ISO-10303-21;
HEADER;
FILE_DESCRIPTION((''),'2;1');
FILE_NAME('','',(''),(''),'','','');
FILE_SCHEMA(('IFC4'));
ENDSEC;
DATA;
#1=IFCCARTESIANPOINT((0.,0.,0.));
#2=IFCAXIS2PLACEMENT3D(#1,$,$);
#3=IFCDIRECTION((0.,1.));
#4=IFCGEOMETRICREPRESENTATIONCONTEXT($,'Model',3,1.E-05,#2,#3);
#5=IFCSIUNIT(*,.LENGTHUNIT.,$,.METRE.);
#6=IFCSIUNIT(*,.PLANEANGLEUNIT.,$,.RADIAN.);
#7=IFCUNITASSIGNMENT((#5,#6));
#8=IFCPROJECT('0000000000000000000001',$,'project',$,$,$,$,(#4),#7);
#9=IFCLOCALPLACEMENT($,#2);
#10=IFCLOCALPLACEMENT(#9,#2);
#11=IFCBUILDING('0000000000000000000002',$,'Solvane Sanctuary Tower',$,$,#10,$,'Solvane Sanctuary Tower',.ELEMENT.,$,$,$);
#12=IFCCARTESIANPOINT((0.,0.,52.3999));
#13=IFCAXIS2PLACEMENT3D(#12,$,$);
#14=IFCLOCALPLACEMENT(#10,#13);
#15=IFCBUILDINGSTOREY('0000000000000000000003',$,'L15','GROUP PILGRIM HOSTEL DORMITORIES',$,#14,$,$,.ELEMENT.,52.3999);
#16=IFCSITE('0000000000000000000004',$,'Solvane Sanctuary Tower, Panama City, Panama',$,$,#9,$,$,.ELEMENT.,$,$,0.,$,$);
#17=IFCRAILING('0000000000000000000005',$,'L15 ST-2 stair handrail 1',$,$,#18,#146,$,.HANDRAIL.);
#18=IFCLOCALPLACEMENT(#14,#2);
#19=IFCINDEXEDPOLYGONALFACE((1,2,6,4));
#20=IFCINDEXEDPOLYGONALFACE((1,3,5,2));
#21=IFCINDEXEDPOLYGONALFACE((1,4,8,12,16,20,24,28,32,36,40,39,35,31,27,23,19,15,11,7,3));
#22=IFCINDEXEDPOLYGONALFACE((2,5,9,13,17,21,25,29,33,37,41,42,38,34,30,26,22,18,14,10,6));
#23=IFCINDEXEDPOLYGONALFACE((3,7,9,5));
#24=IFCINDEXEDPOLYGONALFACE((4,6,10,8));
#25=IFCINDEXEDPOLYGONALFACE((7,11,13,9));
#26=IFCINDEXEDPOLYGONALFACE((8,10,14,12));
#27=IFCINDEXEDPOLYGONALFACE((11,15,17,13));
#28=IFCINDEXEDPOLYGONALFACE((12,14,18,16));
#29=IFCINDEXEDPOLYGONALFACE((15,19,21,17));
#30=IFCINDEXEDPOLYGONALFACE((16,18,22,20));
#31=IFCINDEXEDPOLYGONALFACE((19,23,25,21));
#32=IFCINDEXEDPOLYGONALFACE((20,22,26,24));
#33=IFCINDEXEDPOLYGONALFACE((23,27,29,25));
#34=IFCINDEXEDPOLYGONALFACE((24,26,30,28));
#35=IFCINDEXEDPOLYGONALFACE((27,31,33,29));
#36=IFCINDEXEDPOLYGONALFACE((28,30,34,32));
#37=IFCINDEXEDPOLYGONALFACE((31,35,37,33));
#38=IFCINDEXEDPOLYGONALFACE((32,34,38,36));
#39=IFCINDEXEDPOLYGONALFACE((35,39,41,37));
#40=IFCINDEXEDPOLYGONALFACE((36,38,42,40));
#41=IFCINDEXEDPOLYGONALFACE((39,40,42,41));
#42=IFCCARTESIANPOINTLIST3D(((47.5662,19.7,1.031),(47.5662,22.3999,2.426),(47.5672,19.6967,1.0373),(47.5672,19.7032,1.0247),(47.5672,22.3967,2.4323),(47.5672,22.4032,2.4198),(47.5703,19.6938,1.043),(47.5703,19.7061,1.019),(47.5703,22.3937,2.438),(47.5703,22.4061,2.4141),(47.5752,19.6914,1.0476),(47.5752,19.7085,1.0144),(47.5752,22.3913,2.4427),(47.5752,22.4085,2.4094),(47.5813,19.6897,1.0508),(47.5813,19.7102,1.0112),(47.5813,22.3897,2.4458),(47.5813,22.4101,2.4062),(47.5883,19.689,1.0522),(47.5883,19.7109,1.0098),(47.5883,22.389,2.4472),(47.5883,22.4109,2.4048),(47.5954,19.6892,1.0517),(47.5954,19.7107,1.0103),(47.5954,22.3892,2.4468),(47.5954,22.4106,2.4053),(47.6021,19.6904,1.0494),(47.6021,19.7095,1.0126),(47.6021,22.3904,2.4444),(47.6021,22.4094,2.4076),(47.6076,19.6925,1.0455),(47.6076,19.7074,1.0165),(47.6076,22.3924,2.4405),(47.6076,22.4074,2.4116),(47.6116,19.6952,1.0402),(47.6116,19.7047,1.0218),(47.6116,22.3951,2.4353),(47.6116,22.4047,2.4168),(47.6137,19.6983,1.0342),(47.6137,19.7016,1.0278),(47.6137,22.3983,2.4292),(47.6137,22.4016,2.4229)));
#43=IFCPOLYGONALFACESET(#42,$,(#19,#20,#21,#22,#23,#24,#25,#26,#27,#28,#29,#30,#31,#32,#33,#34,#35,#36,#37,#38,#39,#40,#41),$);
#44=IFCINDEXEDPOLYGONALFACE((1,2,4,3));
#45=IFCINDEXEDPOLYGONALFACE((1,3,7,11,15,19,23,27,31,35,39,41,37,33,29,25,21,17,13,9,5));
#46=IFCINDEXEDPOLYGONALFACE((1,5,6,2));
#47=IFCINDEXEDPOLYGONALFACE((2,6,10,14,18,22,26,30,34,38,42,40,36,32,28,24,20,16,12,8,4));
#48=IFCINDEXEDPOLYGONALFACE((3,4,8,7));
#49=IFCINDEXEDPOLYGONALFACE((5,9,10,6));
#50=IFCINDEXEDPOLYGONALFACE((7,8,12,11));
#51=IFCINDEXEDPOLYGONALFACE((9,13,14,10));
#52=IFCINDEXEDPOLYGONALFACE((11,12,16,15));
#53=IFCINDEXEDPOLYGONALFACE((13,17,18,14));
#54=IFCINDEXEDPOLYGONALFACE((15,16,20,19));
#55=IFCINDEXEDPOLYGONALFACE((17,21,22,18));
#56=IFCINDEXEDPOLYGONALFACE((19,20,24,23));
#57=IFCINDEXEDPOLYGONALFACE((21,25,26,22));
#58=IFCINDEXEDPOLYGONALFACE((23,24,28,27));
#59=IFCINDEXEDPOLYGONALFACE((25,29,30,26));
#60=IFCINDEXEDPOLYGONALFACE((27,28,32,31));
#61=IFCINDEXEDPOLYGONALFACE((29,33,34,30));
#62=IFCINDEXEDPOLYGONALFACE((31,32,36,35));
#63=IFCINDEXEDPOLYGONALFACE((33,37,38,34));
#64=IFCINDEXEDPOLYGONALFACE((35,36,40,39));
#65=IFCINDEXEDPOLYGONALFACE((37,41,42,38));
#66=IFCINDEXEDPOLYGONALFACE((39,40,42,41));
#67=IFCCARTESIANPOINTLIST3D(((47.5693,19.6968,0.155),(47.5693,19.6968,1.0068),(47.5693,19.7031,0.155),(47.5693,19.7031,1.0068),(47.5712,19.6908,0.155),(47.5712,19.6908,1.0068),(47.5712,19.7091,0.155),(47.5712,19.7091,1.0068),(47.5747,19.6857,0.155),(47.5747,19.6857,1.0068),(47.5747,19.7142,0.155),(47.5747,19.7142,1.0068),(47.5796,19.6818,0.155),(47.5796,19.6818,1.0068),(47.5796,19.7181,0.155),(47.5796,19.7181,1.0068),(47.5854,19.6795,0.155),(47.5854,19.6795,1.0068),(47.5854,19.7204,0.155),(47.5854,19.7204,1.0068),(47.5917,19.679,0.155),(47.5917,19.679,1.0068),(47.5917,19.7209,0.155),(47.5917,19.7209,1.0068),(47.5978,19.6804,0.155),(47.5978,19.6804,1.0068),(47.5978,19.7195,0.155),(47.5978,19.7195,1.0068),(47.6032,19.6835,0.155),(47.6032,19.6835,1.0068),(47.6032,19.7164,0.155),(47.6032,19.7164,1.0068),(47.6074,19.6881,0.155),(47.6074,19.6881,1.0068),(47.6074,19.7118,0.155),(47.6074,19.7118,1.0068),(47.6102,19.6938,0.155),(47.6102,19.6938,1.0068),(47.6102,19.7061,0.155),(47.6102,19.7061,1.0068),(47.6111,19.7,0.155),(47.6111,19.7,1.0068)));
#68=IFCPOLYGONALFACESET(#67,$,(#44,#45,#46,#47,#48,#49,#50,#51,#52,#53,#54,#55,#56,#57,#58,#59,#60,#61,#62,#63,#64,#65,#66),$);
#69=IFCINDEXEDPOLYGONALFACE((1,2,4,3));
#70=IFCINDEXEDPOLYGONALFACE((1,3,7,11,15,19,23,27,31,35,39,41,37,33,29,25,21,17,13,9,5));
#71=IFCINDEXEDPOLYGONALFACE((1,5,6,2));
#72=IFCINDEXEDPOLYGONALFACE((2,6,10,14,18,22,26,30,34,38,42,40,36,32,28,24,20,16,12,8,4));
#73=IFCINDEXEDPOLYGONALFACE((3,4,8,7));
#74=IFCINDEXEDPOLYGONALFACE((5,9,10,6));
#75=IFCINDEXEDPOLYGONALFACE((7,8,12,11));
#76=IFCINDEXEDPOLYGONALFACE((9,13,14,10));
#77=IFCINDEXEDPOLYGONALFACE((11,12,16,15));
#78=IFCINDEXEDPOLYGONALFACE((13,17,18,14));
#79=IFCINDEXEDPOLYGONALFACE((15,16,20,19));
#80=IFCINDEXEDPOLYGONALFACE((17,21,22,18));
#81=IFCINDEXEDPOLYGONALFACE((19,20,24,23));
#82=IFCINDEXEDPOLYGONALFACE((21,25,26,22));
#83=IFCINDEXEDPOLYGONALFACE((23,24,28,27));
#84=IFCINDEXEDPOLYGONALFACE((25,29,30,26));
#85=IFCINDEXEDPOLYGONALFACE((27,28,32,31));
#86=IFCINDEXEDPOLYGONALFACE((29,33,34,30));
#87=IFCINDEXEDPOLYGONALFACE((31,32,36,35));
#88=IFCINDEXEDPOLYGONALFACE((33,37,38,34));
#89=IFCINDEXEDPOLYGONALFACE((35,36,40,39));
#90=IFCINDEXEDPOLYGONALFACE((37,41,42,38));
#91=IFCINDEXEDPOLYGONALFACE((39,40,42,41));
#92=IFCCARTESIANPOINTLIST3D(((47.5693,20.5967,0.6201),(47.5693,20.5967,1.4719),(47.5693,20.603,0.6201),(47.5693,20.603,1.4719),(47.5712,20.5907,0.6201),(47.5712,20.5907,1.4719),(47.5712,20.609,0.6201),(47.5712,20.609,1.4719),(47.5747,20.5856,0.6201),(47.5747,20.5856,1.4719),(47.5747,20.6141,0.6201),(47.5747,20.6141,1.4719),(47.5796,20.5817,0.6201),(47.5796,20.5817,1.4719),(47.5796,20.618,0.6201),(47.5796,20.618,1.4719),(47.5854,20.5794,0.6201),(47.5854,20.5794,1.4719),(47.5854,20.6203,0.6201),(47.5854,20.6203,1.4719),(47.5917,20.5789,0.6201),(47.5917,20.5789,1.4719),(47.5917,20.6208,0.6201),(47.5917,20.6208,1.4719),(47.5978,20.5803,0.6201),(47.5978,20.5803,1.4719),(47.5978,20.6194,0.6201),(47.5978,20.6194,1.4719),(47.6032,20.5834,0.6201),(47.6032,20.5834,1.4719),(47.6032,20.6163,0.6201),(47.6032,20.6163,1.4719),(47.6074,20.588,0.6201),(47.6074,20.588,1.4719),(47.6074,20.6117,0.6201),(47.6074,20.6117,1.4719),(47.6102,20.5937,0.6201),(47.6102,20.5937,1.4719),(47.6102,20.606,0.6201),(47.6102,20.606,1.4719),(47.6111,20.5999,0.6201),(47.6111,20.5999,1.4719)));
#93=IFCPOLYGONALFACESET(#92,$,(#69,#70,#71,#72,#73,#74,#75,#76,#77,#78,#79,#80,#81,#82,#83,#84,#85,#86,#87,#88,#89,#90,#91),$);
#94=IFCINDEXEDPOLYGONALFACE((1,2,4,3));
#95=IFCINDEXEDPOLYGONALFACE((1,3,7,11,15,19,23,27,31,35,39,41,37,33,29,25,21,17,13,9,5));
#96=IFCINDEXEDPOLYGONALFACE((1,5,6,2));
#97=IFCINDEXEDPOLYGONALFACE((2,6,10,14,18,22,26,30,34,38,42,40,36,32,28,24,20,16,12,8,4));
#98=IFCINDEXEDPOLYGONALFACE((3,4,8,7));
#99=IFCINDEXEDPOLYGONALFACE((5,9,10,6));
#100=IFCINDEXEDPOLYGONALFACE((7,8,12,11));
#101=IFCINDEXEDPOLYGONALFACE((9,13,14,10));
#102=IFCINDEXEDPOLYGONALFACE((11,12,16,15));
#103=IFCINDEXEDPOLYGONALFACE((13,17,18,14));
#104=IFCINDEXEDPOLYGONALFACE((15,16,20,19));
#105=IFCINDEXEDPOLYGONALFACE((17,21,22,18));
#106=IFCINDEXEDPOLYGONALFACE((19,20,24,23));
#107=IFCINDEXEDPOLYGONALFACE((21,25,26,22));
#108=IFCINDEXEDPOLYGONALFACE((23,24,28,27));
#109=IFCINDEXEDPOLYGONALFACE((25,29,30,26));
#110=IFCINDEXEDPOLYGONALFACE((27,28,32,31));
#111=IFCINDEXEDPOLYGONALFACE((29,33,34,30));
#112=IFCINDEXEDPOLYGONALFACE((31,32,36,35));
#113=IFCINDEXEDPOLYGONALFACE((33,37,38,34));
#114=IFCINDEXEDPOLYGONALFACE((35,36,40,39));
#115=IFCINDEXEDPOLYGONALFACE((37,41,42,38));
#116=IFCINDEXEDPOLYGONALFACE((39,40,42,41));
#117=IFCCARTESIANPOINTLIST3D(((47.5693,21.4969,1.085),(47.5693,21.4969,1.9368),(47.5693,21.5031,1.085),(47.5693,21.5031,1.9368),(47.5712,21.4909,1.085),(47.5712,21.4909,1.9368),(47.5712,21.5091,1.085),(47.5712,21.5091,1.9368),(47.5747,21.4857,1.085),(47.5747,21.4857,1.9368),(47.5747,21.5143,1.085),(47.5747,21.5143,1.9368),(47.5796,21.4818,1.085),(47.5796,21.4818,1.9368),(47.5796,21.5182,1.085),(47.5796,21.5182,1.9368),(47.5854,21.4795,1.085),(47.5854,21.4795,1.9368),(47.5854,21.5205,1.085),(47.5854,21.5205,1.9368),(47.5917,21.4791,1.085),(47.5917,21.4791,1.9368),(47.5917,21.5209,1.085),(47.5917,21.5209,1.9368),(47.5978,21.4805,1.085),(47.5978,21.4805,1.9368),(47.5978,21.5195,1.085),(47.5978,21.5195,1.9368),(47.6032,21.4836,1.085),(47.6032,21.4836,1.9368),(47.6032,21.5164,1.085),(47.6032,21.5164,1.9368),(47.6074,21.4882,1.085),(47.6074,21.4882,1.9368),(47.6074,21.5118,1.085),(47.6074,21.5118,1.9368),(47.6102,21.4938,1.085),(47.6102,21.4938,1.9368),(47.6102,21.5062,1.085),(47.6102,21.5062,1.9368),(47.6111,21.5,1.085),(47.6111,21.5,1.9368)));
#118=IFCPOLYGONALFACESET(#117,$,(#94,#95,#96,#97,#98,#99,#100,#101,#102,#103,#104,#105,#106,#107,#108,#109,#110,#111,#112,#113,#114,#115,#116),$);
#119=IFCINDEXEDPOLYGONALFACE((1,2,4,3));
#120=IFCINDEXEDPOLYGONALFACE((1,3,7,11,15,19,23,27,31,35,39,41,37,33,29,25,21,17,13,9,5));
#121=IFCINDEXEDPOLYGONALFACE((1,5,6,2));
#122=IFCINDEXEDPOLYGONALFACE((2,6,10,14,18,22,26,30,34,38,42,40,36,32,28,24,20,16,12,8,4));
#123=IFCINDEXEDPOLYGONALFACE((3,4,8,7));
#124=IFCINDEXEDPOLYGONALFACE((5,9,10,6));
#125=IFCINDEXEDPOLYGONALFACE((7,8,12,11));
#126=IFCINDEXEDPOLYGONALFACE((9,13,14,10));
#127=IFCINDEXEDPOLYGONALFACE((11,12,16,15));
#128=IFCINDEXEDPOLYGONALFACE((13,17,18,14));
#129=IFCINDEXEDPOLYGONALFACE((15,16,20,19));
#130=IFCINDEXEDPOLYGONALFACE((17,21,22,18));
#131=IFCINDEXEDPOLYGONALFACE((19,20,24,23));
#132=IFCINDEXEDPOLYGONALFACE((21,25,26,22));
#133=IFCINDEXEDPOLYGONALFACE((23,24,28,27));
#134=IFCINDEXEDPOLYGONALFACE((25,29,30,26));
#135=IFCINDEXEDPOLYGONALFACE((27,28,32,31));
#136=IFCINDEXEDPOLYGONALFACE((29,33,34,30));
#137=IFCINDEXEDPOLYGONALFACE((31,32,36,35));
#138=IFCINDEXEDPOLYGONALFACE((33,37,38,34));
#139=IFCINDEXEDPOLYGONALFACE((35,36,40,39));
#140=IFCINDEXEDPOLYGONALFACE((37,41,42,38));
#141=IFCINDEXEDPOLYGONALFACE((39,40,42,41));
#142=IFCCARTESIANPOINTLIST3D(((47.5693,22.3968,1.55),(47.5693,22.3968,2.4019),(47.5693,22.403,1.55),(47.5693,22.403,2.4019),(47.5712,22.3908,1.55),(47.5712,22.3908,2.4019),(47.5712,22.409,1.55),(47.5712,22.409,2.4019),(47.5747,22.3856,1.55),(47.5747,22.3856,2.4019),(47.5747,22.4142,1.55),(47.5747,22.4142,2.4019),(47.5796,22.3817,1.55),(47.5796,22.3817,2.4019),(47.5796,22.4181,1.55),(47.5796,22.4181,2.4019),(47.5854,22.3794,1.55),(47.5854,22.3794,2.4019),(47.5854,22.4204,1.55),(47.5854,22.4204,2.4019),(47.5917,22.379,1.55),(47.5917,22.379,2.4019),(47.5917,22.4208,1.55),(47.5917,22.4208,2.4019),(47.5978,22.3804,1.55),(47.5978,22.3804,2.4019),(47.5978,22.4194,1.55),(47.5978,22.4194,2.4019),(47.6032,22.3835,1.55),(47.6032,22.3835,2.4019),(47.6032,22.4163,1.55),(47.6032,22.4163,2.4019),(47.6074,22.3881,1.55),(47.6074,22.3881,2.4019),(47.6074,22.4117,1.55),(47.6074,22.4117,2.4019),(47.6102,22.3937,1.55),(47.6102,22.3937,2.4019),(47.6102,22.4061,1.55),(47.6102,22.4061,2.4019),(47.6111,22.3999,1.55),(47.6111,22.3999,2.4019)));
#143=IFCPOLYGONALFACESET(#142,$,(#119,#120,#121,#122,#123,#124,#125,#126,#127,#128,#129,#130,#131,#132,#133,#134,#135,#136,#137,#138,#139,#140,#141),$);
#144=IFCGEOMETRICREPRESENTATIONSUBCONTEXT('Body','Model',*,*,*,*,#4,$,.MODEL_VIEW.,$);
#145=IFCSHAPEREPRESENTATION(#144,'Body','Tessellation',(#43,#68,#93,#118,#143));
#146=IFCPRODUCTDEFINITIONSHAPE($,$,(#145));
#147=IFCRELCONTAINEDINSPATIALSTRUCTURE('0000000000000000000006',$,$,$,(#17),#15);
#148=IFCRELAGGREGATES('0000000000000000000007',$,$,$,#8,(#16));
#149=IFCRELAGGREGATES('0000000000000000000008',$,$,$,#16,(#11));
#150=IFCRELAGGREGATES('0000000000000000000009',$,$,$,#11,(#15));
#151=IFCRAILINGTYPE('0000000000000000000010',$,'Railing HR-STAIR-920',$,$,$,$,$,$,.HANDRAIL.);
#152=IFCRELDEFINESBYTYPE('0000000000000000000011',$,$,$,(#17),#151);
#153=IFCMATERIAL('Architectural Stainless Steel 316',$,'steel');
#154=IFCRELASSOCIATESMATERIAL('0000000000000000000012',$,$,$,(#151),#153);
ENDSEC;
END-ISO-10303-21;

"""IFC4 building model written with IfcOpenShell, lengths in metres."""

from ifc_helpers import new_model, si_unit, direction, frame, origin, origin_2d, place, context, subcontext, project, spatial, circle, extrude, material, type_object, element, save


model = new_model("IFC4")

# Units and contexts
model_context = context("Model", 3, precision=1e-05, world=origin(), true_north=direction((0.0, 1.0)))
body_context = subcontext(model_context, "Body", "Model", "MODEL_VIEW")
ifc_project = project(units=[si_unit("LENGTHUNIT", "METRE"), si_unit("PLANEANGLEUNIT", "RADIAN")], contexts=[model_context])

# Site, building, storey
site_placement = place(None, origin())
site = spatial("IfcSite", under=ifc_project, at=site_placement, Name="Solvane Sanctuary Tower, Panama City, Panama", CompositionType="ELEMENT", RefElevation=0.0)
building_placement = place(site_placement, origin())
building = spatial("IfcBuilding", under=site, at=building_placement, Name="Solvane Sanctuary Tower", LongName="Solvane Sanctuary Tower", CompositionType="ELEMENT")
storey_placement = place(building_placement, frame((0.0, 0.0, 52.3999)))
storey = spatial("IfcBuildingStorey", under=building, at=storey_placement, Name="L15", Description="GROUP PILGRIM HOSTEL DORMITORIES", CompositionType="ELEMENT", Elevation=52.3999)

# Shared definitions
ifc_material_1 = material(Name="Architectural Stainless Steel 316", Category="steel")

# Railing
railing_type_1 = type_object("IfcRailingType", Name="Railing HR-STAIR-920", PredefinedType="HANDRAIL", material=ifc_material_1)
railing_1_placement = place(storey_placement, frame((47.5901, 19.7, 0.155)))
element("IfcRailing", 1, at=railing_1_placement, inside=storey, type_object=railing_type_1, Name="L15 ST-2 stair handrail 1", PredefinedType="HANDRAIL", context=body_context, shape_type="SweptSolid", body=[
    extrude(circle(Radius=0.0239, at=origin_2d()), frame((0.0, 0.0, 0.876), z_axis=(0.0, 0.88842, 0.459032), x_axis=(-1.0, 0.0, 0.0)), (0.0, 0.0, 1.0), 3.0391),
    extrude(circle(Radius=0.021, at=origin_2d()), origin(), (0.0, 0.0, 1.0), 0.8518),
    extrude(circle(Radius=0.021, at=origin_2d()), frame((0.0, 0.8999, 0.4651)), (0.0, 0.0, 1.0), 0.8518),
    extrude(circle(Radius=0.021, at=origin_2d()), frame((0.0, 1.8, 0.9299)), (0.0, 0.0, 1.0), 0.8518),
    extrude(circle(Radius=0.021, at=origin_2d()), frame((0.0, 2.7, 1.395)), (0.0, 0.0, 1.0), 0.8518),
])

save(model, "model.ifc")
